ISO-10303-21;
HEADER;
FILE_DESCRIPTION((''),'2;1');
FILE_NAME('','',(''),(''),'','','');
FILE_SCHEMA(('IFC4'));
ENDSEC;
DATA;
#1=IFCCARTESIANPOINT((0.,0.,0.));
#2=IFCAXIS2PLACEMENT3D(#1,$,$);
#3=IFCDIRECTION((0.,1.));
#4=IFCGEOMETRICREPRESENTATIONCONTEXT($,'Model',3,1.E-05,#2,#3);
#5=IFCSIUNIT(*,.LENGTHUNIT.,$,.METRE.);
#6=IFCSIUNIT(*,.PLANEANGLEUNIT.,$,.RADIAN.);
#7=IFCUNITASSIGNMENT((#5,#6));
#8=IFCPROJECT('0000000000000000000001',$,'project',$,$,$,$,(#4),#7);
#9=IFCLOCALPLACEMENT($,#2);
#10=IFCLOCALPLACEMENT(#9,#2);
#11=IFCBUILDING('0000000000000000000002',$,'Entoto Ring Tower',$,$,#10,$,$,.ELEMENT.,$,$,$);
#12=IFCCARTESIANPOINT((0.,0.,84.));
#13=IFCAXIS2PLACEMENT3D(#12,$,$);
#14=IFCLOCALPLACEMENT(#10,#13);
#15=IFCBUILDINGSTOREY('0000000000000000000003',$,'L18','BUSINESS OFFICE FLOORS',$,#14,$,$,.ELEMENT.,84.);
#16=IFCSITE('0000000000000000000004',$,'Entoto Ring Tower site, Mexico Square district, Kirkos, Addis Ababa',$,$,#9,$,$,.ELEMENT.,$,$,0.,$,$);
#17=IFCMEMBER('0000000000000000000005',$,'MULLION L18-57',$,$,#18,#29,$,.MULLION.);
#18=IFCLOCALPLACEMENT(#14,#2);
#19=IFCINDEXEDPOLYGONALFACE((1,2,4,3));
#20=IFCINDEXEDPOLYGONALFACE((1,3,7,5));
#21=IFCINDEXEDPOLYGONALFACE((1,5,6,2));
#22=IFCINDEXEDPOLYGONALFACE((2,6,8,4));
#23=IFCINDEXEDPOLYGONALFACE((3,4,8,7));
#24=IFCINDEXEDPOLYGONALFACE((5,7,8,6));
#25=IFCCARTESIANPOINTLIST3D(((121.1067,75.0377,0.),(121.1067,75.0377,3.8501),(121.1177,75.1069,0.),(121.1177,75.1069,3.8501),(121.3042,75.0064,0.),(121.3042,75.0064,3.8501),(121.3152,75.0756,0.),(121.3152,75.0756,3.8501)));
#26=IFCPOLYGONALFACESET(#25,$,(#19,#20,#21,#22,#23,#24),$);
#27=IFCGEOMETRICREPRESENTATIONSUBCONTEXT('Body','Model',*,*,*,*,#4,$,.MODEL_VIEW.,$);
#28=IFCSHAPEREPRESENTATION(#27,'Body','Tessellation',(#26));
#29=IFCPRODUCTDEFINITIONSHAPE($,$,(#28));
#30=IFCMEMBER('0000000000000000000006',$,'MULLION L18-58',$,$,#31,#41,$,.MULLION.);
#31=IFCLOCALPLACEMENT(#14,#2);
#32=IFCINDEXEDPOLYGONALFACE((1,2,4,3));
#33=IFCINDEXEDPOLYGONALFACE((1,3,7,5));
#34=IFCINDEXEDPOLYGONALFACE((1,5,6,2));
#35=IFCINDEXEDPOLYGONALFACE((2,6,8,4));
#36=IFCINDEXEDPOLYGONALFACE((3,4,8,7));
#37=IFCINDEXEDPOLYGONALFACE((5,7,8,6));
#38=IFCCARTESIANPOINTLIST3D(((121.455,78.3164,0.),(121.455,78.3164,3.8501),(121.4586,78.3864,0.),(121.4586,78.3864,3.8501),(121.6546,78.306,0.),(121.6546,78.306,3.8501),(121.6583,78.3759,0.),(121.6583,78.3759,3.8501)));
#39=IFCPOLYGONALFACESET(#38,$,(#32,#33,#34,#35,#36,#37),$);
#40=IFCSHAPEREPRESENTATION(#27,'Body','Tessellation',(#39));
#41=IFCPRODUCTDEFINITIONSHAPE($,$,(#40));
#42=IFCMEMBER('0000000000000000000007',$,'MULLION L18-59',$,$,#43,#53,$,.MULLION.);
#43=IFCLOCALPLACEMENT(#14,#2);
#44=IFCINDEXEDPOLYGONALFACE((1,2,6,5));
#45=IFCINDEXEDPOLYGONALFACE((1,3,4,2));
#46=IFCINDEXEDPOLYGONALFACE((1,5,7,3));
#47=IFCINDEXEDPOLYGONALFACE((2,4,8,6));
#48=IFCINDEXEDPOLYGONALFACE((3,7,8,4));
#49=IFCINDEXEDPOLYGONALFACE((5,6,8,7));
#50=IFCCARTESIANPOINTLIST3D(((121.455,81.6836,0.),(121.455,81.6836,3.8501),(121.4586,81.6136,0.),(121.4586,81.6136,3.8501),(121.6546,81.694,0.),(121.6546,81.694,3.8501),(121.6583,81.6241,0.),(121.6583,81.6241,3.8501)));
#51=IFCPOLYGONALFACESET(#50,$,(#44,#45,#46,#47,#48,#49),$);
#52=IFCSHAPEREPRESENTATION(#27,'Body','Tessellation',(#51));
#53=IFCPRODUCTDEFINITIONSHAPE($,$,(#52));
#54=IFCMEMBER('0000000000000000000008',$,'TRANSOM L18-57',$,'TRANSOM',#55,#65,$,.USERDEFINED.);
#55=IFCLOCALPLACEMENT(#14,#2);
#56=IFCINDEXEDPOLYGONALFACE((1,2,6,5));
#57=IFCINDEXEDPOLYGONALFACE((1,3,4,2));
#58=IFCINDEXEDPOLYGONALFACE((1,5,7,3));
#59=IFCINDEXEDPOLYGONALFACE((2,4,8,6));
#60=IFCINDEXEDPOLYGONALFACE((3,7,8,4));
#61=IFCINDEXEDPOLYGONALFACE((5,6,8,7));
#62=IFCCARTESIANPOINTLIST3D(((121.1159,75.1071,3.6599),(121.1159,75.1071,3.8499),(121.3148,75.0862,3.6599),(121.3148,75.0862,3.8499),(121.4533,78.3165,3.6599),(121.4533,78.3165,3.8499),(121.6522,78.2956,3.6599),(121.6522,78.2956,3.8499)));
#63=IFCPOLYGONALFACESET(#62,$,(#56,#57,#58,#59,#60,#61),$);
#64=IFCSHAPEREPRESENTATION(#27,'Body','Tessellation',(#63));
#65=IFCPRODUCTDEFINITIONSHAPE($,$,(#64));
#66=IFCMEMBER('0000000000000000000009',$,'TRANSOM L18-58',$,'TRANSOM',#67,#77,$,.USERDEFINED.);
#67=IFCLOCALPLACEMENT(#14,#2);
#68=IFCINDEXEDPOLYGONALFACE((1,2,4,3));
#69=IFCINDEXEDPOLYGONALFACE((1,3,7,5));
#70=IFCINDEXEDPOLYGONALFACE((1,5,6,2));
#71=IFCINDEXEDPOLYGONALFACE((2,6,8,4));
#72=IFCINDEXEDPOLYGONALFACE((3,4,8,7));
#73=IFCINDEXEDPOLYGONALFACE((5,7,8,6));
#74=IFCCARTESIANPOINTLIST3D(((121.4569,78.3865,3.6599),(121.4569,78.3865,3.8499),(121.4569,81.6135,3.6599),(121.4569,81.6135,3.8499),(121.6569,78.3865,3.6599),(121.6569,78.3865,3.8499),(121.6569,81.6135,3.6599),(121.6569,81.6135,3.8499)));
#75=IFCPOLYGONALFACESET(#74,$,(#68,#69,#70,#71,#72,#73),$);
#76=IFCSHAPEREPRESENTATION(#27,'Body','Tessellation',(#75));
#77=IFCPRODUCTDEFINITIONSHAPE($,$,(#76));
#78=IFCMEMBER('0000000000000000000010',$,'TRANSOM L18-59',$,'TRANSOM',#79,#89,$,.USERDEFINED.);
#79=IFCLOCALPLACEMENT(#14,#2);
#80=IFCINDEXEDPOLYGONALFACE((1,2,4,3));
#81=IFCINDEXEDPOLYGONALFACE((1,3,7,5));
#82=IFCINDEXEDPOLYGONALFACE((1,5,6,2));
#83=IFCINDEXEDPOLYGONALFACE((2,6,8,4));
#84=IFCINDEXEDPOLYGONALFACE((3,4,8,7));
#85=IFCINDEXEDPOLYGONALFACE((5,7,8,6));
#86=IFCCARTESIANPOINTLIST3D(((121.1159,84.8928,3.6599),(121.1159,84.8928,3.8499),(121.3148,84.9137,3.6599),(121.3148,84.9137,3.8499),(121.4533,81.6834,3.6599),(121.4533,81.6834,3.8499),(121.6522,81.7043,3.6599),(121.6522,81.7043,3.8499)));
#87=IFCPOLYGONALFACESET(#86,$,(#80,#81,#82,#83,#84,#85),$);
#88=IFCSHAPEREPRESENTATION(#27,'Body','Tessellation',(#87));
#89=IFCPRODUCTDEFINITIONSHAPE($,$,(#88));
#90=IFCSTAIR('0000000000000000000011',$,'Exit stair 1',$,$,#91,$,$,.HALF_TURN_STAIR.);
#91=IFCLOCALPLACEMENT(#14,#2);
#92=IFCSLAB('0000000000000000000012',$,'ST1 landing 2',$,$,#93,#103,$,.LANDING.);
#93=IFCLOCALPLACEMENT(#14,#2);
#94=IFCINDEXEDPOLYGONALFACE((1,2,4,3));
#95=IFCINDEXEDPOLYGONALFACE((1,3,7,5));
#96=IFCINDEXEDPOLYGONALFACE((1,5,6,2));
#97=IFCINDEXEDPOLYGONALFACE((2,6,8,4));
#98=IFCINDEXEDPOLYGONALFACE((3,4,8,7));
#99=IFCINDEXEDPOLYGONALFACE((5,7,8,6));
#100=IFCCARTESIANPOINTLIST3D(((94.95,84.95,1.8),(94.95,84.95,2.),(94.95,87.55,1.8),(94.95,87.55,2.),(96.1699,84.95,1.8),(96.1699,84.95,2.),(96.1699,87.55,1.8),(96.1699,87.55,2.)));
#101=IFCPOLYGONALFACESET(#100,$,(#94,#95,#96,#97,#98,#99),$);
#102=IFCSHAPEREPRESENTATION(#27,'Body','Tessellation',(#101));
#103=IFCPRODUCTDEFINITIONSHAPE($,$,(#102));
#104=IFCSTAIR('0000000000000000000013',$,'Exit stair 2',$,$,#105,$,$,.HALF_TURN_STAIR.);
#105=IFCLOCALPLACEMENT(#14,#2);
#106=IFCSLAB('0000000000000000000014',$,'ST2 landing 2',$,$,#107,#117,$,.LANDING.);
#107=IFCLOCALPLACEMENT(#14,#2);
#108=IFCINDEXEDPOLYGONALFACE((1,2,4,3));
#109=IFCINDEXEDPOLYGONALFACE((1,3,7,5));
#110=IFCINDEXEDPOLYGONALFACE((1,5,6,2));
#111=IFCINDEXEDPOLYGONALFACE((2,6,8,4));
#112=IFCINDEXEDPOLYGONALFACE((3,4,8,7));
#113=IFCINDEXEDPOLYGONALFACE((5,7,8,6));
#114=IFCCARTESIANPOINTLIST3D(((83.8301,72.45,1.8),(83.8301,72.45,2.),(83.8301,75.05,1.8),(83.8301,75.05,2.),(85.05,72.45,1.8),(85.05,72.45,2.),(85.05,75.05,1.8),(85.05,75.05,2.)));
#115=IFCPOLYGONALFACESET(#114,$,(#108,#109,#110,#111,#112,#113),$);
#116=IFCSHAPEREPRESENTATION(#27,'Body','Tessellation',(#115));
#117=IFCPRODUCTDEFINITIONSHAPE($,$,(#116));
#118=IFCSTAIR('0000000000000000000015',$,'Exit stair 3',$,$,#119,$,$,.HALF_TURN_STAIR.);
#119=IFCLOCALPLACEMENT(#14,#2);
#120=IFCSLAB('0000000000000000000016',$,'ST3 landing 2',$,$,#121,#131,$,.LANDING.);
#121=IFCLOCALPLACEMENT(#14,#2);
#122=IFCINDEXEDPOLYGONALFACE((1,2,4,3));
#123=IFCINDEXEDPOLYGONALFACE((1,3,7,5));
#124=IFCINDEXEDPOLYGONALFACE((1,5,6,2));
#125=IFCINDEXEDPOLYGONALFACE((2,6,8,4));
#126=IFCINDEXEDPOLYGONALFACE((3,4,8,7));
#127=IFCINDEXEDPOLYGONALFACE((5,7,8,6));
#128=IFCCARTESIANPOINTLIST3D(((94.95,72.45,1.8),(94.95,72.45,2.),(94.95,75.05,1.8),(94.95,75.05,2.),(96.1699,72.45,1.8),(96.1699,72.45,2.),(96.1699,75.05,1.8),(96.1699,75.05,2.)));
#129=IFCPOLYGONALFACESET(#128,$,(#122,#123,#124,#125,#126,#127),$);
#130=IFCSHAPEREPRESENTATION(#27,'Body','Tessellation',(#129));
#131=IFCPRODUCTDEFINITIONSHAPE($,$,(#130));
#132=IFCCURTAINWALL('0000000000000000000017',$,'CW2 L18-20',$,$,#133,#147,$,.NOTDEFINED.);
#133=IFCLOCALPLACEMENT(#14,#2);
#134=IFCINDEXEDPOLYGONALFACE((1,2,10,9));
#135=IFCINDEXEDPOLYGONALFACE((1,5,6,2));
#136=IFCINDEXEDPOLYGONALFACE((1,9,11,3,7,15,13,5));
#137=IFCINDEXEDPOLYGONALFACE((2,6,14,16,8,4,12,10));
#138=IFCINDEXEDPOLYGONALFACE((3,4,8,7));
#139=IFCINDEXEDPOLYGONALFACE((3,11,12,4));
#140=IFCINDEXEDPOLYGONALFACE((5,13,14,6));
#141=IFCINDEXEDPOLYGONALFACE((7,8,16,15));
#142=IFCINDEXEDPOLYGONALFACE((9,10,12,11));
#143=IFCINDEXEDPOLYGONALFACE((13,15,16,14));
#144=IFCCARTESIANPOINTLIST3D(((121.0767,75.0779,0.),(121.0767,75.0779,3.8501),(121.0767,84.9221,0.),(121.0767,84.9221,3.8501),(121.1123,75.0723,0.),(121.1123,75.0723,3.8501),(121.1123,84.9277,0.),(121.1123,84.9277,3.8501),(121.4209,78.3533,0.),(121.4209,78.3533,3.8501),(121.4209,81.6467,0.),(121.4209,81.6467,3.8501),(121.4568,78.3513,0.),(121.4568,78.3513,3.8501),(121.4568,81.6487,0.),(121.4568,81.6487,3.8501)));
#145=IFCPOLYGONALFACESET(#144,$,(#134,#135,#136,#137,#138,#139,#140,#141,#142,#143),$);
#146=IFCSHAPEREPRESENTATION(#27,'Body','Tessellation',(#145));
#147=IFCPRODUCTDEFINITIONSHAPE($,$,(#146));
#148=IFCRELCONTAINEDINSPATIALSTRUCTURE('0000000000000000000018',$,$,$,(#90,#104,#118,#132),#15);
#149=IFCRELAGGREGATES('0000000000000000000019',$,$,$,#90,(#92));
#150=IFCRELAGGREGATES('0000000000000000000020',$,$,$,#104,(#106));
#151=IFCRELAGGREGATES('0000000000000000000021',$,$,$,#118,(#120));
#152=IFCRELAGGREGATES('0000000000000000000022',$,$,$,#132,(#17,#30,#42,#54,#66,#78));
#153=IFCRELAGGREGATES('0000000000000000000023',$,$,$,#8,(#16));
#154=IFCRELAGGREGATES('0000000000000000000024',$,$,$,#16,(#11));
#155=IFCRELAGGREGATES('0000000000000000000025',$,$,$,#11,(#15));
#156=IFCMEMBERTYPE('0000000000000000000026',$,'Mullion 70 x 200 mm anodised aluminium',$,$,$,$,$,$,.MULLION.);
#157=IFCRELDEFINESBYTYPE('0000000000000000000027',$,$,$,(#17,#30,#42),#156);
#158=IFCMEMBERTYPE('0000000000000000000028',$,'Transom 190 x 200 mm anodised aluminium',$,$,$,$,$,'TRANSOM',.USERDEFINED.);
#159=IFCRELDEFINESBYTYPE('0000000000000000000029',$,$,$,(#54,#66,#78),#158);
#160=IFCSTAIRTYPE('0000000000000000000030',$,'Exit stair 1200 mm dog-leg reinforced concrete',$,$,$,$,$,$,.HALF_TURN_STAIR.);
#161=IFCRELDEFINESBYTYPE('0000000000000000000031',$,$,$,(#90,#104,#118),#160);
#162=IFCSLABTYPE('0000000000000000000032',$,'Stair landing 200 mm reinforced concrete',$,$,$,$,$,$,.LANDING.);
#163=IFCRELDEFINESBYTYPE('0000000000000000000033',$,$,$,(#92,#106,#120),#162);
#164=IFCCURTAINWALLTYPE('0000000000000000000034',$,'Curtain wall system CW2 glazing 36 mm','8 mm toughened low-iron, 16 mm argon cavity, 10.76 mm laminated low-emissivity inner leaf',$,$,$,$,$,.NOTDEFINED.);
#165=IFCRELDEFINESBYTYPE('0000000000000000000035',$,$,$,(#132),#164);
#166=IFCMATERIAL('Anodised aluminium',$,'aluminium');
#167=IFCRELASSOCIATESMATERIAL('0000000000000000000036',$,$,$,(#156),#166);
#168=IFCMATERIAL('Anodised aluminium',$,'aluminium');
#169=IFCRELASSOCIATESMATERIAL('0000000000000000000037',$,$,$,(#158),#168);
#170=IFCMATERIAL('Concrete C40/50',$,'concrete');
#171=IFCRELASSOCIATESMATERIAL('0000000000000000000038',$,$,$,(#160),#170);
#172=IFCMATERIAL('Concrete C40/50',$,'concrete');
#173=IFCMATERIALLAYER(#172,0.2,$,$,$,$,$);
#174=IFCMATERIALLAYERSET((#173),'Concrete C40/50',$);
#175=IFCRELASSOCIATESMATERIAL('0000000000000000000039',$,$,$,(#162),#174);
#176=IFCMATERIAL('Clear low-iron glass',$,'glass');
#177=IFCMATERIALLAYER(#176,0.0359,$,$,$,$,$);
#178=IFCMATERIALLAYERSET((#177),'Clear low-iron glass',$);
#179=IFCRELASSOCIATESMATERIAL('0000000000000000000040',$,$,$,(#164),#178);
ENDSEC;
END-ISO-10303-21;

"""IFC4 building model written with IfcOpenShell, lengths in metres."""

from ifc_helpers import new_model, si_unit, direction, frame, origin, origin_2d, place, context, subcontext, project, spatial, polyline, rectangle, outline, extrude, material, layer, layer_set, material_profile, profile_set, type_object, element, aggregate, save


model = new_model("IFC4")

# Units and contexts
model_context = context("Model", 3, precision=1e-05, world=origin(), true_north=direction((0.0, 1.0)))
body_context = subcontext(model_context, "Body", "Model", "MODEL_VIEW")
ifc_project = project(units=[si_unit("LENGTHUNIT", "METRE"), si_unit("PLANEANGLEUNIT", "RADIAN")], contexts=[model_context])

# Members
ifc_material_1 = material(Name="Anodised aluminium", Category="aluminium")
ifc_material_profile_1 = material_profile(ifc_material_1, rectangle(XDim=0.0701, YDim=0.2, at=origin_2d()), Name="Mullion 70 x 200 mm anodised aluminium")
ifc_profile_set_1 = profile_set([ifc_material_profile_1], Name="Anodised aluminium")
member_type_1 = type_object("IfcMemberType", Name="Mullion 70 x 200 mm anodised aluminium", PredefinedType="MULLION", material=ifc_profile_set_1)
site_placement = place(None, origin())
building_placement = place(site_placement, origin())
storey_placement = place(building_placement, frame((0.0, 0.0, 84.0)))
member_1_placement = place(storey_placement, frame((121.2109, 75.0566, 0.0), z_axis=(0.0, 0.0, 1.0), x_axis=(0.156434, 0.987688, 0.0)))
member_1 = element("IfcMember", 1, at=member_1_placement, type_object=member_type_1, Name="MULLION L18-57", PredefinedType="MULLION", context=body_context, shape_type="SweptSolid", body=[
    extrude(rectangle(XDim=0.0701, YDim=0.2, at=origin_2d()), origin(), (0.0, 0.0, 1.0), 3.8501),
])
member_2_placement = place(storey_placement, frame((121.5566, 78.3462, 0.0), z_axis=(0.0, 0.0, 1.0), x_axis=(0.052336, 0.99863, 0.0)))
member_2 = element("IfcMember", 2, at=member_2_placement, type_object=member_type_1, Name="MULLION L18-58", PredefinedType="MULLION", context=body_context, shape_type="SweptSolid", body=[
    extrude(rectangle(XDim=0.0701, YDim=0.2, at=origin_2d()), origin(), (0.0, 0.0, 1.0), 3.8501),
])
member_3_placement = place(storey_placement, frame((121.5566, 81.6538, 0.0), z_axis=(0.0, 0.0, 1.0), x_axis=(-0.052336, 0.99863, 0.0)))
member_3 = element("IfcMember", 3, at=member_3_placement, type_object=member_type_1, Name="MULLION L18-59", PredefinedType="MULLION", context=body_context, shape_type="SweptSolid", body=[
    extrude(rectangle(XDim=0.0701, YDim=0.2, at=origin_2d()), origin(), (0.0, 0.0, 1.0), 3.8501),
])
ifc_material_2 = material(Name="Anodised aluminium", Category="aluminium")
ifc_material_profile_2 = material_profile(ifc_material_2, rectangle(XDim=0.2, YDim=0.1899, at=origin_2d()), Name="Transom 190 x 200 mm anodised aluminium")
ifc_profile_set_2 = profile_set([ifc_material_profile_2], Name="Anodised aluminium")
member_type_2 = type_object("IfcMemberType", Name="Transom 190 x 200 mm anodised aluminium", ElementType="TRANSOM", PredefinedType="USERDEFINED", material=ifc_profile_set_2)
member_4_placement = place(storey_placement, frame((121.2153, 75.0967, 3.7549), z_axis=(0.104551, 0.99452, 0.0), x_axis=(-0.99452, 0.104551, 0.0)))
member_4 = element("IfcMember", 4, at=member_4_placement, type_object=member_type_2, Name="TRANSOM L18-57", ObjectType="TRANSOM", PredefinedType="USERDEFINED", context=body_context, shape_type="SweptSolid", body=[
    extrude(rectangle(XDim=0.2, YDim=0.1899, at=origin_2d()), origin(), (0.0, 0.0, 1.0), 3.2271),
])
member_5_placement = place(storey_placement, frame((121.5569, 78.3865, 3.7549), z_axis=(0.0, 1.0, 0.0), x_axis=(-1.0, 0.0, 0.0)))
member_5 = element("IfcMember", 5, at=member_5_placement, type_object=member_type_2, Name="TRANSOM L18-58", ObjectType="TRANSOM", PredefinedType="USERDEFINED", context=body_context, shape_type="SweptSolid", body=[
    extrude(rectangle(XDim=0.2, YDim=0.1899, at=origin_2d()), origin(), (0.0, 0.0, 1.0), 3.2271),
])
member_6_placement = place(storey_placement, frame((121.5527, 81.6938, 3.7549), z_axis=(-0.104551, 0.99452, 0.0), x_axis=(-0.99452, -0.104551, 0.0)))
member_6 = element("IfcMember", 6, at=member_6_placement, type_object=member_type_2, Name="TRANSOM L18-59", ObjectType="TRANSOM", PredefinedType="USERDEFINED", context=body_context, shape_type="SweptSolid", body=[
    extrude(rectangle(XDim=0.2, YDim=0.1899, at=origin_2d()), origin(), (0.0, 0.0, 1.0), 3.2271),
])

# Site, building, storey
site = spatial("IfcSite", under=ifc_project, at=site_placement, Name="Entoto Ring Tower site, Mexico Square district, Kirkos, Addis Ababa", CompositionType="ELEMENT", RefElevation=0.0)
building = spatial("IfcBuilding", under=site, at=building_placement, Name="Entoto Ring Tower", CompositionType="ELEMENT")
storey = spatial("IfcBuildingStorey", under=building, at=storey_placement, Name="L18", Description="BUSINESS OFFICE FLOORS", CompositionType="ELEMENT", Elevation=84.0)

# Stairs, slabs
ifc_material_3 = material(Name="Concrete C40/50", Category="concrete")
stair_type = type_object("IfcStairType", Name="Exit stair 1200 mm dog-leg reinforced concrete", PredefinedType="HALF_TURN_STAIR", material=ifc_material_3)
stair_1_placement = place(storey_placement, origin())
stair_1 = element("IfcStair", 7, at=stair_1_placement, inside=storey, type_object=stair_type, Name="Exit stair 1", PredefinedType="HALF_TURN_STAIR")
ifc_material_4 = material(Name="Concrete C40/50", Category="concrete")
ifc_layer_1 = layer(ifc_material_4, 0.2)
ifc_layer_set_1 = layer_set([ifc_layer_1], Name="Concrete C40/50")
slab_type = type_object("IfcSlabType", Name="Stair landing 200 mm reinforced concrete", PredefinedType="LANDING", material=ifc_layer_set_1)
slab_1_placement = place(storey_placement, frame((0.0, 0.0, 1.8)))
slab_1 = element("IfcSlab", 8, at=slab_1_placement, type_object=slab_type, Name="ST1 landing 2", PredefinedType="LANDING", context=body_context, shape_type="SweptSolid", body=[
    extrude(outline(polyline([(94.95, 84.95), (96.1699, 84.95), (96.1699, 87.55), (94.95, 87.55), (94.95, 84.95)])), origin(), (0.0, 0.0, 1.0), 0.2),
])
aggregate(stair_1, [slab_1])
stair_2_placement = place(storey_placement, origin())
stair_2 = element("IfcStair", 9, at=stair_2_placement, inside=storey, type_object=stair_type, Name="Exit stair 2", PredefinedType="HALF_TURN_STAIR")
slab_2_placement = place(storey_placement, frame((0.0, 0.0, 1.8)))
slab_2 = element("IfcSlab", 10, at=slab_2_placement, type_object=slab_type, Name="ST2 landing 2", PredefinedType="LANDING", context=body_context, shape_type="SweptSolid", body=[
    extrude(outline(polyline([(83.8301, 72.45), (85.05, 72.45), (85.05, 75.05), (83.8301, 75.05), (83.8301, 72.45)])), origin(), (0.0, 0.0, 1.0), 0.2),
])
aggregate(stair_2, [slab_2])
stair_3_placement = place(storey_placement, origin())
stair_3 = element("IfcStair", 11, at=stair_3_placement, inside=storey, type_object=stair_type, Name="Exit stair 3", PredefinedType="HALF_TURN_STAIR")
slab_3_placement = place(storey_placement, frame((0.0, 0.0, 1.8)))
slab_3 = element("IfcSlab", 12, at=slab_3_placement, type_object=slab_type, Name="ST3 landing 2", PredefinedType="LANDING", context=body_context, shape_type="SweptSolid", body=[
    extrude(outline(polyline([(94.95, 72.45), (96.1699, 72.45), (96.1699, 75.05), (94.95, 75.05), (94.95, 72.45)])), origin(), (0.0, 0.0, 1.0), 0.2),
])
aggregate(stair_3, [slab_3])

# Curtain wall
ifc_material_5 = material(Name="Clear low-iron glass", Category="glass")
ifc_layer_2 = layer(ifc_material_5, 0.0359)
ifc_layer_set_2 = layer_set([ifc_layer_2], Name="Clear low-iron glass")
curtain_wall_type = type_object("IfcCurtainWallType", Name="Curtain wall system CW2 glazing 36 mm", Description="8 mm toughened low-iron, 16 mm argon cavity, 10.76 mm laminated low-emissivity inner leaf", PredefinedType="NOTDEFINED", material=ifc_layer_set_2)
curtain_wall_1_placement = place(storey_placement, origin())
curtain_wall_1 = element("IfcCurtainWall", 13, at=curtain_wall_1_placement, inside=storey, type_object=curtain_wall_type, Name="CW2 L18-20", PredefinedType="NOTDEFINED", context=body_context, shape_type="SweptSolid", body=[
    extrude(outline(polyline([(121.1123, 75.0723), (121.4568, 78.3513), (121.4568, 81.6487), (121.1123, 84.9277), (121.0767, 84.9221), (121.4209, 81.6467), (121.4209, 78.3533), (121.0767, 75.0779), (121.1123, 75.0723)])), origin(), (0.0, 0.0, 1.0), 3.8501),
])
aggregate(curtain_wall_1, [member_1, member_2, member_3, member_4, member_5, member_6])

save(model, "model.ifc")
